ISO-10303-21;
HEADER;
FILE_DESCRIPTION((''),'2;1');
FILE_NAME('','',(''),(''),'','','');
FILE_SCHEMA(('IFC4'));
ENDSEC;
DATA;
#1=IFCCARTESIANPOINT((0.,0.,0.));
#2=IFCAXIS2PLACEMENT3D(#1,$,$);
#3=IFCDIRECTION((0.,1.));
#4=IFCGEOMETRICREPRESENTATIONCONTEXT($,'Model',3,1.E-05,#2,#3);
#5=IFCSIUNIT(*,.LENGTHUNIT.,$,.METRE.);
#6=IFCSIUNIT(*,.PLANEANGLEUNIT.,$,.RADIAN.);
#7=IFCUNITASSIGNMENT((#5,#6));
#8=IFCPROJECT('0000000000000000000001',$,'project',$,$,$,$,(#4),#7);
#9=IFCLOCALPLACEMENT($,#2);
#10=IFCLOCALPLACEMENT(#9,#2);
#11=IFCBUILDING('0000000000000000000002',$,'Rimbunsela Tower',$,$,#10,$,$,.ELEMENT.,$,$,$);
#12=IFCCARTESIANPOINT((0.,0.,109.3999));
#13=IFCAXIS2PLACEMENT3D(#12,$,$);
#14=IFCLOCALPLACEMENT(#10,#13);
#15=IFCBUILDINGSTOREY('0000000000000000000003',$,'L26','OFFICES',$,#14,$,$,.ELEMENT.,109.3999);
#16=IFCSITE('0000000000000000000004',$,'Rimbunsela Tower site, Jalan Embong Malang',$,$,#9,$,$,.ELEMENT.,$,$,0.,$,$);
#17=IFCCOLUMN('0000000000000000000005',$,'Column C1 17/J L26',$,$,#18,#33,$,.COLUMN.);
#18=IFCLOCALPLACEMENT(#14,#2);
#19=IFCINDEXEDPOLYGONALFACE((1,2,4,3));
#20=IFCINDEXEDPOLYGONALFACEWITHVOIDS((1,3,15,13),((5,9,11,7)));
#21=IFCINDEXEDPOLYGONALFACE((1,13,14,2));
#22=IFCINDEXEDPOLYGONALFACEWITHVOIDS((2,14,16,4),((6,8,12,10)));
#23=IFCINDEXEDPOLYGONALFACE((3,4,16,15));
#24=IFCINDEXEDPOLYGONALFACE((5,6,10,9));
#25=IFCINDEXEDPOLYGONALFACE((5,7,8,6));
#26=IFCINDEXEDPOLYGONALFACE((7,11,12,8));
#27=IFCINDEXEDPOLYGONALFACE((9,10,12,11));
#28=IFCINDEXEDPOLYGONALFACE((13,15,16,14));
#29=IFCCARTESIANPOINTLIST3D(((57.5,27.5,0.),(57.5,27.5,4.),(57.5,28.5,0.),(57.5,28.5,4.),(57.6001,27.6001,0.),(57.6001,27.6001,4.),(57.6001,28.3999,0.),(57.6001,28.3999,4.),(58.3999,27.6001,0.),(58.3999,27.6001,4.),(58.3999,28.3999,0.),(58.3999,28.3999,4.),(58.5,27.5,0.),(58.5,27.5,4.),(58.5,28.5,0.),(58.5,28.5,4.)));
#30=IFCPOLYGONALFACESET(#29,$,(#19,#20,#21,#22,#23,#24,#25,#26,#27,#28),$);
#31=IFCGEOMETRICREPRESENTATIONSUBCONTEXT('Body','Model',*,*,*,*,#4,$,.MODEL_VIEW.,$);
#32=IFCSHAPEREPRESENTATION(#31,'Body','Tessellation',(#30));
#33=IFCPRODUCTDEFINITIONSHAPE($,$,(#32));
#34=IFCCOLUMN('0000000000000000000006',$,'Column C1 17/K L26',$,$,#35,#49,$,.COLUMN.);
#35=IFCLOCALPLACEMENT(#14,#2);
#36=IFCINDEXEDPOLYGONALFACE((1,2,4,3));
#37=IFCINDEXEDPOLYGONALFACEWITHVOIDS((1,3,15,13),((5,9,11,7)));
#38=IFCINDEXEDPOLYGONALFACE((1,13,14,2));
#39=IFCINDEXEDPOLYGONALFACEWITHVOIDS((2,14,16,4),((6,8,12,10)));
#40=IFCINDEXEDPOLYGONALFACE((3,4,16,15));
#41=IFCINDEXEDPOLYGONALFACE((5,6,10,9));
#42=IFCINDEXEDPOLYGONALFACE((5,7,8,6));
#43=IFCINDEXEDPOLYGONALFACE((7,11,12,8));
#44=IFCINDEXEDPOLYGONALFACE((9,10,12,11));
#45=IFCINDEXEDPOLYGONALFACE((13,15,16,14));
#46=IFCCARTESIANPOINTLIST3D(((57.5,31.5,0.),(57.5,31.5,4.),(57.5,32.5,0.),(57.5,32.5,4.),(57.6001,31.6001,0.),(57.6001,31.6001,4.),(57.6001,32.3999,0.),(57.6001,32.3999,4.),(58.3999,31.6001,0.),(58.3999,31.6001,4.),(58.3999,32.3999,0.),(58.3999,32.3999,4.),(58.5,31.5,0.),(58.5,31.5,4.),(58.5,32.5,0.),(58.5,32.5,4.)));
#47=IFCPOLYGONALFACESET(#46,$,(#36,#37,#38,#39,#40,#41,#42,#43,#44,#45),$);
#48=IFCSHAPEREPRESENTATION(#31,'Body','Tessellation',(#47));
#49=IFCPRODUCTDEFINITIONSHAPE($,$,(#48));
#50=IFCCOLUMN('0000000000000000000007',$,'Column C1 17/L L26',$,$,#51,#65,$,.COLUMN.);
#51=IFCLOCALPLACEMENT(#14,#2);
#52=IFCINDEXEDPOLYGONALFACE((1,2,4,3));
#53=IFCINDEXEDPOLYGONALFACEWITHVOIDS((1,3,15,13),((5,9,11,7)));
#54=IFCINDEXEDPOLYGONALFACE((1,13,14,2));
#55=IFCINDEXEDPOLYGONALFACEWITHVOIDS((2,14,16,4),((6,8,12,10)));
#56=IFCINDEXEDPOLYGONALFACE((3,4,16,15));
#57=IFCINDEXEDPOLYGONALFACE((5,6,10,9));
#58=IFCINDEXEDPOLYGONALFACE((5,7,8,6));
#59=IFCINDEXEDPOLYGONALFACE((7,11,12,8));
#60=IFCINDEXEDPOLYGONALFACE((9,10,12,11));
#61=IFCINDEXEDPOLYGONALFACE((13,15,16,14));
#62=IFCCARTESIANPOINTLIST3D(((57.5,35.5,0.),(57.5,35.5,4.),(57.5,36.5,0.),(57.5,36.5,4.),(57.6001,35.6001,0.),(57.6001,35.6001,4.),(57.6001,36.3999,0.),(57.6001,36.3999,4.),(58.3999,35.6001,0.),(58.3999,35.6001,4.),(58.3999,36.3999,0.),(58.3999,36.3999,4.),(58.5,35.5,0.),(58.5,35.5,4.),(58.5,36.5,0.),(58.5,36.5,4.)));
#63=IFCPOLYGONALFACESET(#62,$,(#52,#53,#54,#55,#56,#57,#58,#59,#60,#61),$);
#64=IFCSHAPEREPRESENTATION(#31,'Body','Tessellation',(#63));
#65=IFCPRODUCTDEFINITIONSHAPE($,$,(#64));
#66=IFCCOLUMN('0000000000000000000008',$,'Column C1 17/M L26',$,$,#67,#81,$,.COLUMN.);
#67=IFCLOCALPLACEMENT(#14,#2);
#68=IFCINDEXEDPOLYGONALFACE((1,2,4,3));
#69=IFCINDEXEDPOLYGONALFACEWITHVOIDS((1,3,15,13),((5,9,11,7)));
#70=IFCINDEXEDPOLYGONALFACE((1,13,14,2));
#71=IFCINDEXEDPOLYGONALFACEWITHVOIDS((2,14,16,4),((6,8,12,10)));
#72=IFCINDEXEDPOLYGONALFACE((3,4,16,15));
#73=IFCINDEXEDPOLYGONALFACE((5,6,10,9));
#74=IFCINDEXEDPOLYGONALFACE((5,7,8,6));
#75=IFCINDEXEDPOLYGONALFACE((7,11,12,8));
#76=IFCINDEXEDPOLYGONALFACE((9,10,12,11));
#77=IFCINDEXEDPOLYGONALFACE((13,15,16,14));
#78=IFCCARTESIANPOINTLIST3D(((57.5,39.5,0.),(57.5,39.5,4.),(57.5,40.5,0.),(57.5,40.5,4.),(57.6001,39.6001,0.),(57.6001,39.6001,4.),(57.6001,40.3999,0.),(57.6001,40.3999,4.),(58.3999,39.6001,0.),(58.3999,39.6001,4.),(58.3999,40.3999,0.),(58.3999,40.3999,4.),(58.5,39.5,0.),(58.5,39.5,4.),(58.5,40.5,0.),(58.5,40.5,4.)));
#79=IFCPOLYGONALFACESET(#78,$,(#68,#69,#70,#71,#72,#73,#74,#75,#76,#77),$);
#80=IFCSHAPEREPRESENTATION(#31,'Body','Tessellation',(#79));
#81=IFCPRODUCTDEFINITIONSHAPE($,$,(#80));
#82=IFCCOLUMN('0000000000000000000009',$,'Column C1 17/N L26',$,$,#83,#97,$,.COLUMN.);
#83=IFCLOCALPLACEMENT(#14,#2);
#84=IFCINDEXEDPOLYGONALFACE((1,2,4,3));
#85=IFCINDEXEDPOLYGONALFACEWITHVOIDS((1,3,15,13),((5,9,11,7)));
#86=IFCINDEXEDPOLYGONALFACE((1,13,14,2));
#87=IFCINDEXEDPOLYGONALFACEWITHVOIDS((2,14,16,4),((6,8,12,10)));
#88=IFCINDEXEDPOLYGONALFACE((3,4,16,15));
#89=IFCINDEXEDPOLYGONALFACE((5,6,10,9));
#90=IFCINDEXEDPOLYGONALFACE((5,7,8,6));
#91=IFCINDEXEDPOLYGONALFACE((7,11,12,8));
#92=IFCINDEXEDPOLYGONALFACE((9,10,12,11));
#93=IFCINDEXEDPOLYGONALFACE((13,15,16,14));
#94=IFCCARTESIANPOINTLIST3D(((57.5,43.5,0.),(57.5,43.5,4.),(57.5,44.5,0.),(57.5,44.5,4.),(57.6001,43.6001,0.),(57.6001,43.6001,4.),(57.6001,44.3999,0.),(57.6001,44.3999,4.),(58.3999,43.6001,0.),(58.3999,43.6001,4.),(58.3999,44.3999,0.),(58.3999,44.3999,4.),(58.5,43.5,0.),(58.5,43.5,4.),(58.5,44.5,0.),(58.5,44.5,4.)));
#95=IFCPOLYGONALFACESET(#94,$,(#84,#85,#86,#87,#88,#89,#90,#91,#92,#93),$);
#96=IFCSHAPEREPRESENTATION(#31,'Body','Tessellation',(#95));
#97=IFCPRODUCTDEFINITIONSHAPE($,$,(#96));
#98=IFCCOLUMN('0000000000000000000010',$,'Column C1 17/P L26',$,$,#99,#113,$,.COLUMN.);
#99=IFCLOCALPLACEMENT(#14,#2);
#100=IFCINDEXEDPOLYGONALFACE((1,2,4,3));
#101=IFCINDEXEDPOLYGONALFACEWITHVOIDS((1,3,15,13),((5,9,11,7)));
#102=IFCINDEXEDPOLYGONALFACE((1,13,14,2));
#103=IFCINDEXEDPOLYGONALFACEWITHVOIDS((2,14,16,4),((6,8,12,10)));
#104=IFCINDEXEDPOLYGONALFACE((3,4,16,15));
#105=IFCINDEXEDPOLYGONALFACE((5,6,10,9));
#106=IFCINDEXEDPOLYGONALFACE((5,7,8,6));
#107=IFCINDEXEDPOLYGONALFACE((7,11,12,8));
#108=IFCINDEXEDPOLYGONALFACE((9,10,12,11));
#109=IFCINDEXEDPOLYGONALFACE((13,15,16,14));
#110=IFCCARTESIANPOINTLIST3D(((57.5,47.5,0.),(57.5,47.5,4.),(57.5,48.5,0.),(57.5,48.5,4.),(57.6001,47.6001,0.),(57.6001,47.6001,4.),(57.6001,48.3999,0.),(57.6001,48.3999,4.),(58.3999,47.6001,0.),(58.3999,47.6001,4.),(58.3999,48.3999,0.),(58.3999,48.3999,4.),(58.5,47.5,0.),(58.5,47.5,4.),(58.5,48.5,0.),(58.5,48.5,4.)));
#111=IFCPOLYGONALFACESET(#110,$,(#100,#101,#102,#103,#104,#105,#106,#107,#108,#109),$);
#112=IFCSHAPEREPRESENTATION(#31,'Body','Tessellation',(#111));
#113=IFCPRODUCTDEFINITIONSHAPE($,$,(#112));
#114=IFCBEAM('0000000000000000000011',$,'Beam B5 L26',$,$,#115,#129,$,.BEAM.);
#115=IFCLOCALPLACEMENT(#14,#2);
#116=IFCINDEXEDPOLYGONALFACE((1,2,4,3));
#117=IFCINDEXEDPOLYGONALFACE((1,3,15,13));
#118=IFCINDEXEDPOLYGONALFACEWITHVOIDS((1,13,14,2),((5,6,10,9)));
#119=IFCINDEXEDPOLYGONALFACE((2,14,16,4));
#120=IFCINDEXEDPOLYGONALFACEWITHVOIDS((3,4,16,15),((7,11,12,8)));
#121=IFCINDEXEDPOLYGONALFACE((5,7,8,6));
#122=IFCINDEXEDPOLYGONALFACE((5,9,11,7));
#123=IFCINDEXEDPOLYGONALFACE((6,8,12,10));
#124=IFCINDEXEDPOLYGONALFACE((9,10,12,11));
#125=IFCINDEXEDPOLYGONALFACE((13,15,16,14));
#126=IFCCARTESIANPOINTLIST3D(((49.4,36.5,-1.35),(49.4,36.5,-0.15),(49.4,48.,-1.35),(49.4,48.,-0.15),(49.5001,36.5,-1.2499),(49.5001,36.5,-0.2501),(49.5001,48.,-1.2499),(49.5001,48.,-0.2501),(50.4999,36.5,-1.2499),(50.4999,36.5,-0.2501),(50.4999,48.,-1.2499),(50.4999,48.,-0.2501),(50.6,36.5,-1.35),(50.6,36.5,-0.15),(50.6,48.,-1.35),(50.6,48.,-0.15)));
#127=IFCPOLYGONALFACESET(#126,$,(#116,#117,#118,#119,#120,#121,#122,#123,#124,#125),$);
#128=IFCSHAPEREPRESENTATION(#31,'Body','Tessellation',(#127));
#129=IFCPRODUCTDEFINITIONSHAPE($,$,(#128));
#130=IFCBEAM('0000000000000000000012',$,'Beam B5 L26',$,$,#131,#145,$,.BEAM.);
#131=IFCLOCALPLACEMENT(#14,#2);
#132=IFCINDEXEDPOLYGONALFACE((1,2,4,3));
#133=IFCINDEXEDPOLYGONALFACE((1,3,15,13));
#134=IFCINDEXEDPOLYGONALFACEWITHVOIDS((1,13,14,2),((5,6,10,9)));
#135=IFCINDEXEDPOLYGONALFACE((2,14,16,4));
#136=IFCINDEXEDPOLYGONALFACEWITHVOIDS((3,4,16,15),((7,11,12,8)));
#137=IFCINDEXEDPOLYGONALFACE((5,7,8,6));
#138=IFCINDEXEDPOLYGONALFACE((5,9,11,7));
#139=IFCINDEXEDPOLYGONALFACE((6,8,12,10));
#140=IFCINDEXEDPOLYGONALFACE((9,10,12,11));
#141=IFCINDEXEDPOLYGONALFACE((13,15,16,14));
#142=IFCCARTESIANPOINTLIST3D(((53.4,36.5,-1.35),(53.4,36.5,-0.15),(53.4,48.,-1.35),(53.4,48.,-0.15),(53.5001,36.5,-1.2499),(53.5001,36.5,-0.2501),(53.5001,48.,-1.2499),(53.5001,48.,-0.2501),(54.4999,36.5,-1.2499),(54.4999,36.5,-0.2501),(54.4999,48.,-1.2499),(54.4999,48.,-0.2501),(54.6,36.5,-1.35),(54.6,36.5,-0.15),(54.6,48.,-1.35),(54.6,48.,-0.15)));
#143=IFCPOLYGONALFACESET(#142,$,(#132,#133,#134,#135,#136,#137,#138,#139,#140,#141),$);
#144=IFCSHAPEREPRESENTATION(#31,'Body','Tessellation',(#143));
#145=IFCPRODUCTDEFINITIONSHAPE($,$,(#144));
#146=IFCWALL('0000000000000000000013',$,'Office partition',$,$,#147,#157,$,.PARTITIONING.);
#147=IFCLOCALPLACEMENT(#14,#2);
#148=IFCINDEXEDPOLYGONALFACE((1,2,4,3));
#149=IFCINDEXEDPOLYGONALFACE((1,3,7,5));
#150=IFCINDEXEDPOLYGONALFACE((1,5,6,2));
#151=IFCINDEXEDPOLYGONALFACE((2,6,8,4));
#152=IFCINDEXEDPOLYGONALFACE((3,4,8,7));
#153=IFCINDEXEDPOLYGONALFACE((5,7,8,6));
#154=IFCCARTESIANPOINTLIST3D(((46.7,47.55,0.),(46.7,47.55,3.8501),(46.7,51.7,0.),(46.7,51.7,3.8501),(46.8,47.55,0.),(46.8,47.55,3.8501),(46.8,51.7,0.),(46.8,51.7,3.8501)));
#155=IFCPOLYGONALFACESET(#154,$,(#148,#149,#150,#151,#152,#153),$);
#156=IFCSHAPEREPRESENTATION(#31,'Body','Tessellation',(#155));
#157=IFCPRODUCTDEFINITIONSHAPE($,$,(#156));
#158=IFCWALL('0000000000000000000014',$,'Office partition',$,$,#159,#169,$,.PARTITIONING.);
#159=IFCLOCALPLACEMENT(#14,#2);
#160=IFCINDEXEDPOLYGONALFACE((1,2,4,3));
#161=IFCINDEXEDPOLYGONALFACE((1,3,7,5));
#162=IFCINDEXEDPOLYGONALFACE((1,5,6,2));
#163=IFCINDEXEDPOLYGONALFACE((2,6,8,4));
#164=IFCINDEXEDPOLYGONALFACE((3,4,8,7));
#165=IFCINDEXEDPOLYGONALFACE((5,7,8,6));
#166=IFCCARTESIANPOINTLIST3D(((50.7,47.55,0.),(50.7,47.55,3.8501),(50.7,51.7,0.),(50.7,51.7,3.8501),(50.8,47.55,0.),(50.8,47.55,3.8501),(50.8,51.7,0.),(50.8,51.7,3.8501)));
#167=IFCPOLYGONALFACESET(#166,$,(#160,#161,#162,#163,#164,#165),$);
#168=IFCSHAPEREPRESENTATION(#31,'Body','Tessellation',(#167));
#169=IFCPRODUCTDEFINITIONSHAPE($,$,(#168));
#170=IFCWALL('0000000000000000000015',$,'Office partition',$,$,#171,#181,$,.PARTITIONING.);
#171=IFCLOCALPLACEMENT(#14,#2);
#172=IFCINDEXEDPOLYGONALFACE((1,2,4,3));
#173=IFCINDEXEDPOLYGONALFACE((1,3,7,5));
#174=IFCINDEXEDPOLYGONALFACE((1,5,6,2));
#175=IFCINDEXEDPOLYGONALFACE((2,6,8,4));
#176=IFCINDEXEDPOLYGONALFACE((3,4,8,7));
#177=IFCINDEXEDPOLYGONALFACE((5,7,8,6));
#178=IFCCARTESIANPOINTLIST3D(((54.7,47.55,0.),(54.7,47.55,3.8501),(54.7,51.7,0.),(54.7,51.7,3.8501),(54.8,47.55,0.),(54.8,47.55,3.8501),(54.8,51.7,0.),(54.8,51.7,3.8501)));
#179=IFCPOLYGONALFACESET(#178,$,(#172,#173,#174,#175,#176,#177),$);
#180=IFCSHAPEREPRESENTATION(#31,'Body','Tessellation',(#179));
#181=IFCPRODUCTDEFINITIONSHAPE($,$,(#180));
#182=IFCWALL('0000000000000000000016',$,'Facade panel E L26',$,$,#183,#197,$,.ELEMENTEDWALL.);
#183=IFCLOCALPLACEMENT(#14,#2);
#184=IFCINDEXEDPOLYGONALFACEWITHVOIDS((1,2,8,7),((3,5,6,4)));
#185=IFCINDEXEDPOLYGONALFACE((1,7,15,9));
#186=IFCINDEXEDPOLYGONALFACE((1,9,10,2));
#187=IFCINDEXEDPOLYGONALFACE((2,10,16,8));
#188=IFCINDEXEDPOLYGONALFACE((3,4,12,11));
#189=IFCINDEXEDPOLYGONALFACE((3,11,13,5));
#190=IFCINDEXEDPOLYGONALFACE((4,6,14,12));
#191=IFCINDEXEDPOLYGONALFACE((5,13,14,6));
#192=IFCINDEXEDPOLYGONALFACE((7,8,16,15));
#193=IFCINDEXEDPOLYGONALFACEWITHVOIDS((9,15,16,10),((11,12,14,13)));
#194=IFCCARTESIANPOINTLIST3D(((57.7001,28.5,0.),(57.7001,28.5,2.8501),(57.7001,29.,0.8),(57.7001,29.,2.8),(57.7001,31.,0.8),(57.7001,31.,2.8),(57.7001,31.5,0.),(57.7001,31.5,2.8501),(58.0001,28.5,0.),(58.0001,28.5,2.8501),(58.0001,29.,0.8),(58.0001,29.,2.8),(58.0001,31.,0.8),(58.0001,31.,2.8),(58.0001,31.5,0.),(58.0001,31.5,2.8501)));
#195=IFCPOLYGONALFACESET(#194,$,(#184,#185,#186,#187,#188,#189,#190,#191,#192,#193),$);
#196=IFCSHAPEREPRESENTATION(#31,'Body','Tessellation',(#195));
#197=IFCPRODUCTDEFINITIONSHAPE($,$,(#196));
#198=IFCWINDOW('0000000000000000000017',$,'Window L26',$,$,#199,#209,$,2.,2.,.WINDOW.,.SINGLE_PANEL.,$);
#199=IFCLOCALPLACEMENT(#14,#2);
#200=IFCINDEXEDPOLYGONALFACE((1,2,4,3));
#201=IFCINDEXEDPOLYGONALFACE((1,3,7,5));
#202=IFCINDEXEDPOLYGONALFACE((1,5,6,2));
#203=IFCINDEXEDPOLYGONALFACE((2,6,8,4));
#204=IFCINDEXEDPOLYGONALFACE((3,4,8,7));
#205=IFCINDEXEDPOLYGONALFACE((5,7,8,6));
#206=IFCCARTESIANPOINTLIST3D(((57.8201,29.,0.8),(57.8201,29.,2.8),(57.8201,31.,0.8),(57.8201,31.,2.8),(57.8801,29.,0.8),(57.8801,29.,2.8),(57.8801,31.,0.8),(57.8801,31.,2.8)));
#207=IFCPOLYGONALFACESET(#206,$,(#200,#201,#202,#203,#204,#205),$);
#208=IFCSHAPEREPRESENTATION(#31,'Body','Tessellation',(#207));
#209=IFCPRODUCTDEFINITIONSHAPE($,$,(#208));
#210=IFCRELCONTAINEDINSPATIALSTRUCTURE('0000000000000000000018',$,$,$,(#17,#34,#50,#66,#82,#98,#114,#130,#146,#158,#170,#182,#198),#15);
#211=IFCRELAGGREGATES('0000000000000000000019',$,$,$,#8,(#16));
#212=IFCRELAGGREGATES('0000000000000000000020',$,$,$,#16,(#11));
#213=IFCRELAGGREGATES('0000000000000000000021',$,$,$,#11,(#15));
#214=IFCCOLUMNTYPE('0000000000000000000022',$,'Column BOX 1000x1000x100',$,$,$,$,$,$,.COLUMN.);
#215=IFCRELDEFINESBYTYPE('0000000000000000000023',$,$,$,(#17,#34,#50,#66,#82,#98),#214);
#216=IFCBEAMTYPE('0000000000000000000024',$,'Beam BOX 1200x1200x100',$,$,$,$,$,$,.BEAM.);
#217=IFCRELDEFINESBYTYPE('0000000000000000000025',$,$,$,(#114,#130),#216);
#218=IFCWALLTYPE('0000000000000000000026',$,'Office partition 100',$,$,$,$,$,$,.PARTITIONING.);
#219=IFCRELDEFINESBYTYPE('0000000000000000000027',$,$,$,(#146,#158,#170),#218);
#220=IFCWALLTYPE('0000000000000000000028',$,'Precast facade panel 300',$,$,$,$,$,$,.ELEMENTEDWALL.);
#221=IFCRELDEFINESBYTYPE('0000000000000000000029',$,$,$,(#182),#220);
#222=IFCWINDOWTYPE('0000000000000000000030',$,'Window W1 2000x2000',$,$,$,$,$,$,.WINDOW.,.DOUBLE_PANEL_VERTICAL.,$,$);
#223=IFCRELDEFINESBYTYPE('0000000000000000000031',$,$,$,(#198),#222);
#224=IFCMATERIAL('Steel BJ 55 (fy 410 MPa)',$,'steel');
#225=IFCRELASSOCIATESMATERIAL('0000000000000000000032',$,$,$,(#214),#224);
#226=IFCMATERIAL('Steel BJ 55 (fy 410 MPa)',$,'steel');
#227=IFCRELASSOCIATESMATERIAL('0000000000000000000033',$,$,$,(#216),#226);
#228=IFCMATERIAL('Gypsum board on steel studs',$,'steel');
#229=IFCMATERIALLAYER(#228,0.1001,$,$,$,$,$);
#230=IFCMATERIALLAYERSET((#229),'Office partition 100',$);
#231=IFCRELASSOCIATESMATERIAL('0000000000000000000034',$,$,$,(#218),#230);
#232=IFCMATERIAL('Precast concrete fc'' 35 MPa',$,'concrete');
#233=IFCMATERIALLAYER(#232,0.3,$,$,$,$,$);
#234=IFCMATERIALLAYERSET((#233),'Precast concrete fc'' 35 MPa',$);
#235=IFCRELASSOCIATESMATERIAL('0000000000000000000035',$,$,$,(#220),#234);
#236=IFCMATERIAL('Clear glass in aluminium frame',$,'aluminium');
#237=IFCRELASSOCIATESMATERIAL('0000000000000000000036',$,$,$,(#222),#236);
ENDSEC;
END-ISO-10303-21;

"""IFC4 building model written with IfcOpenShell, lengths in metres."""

from ifc_helpers import new_model, si_unit, direction, frame, frame_2d, origin, origin_2d, place, context, subcontext, project, spatial, rectangle, hollow_rectangle, extrude, material, layer, layer_set, material_profile, profile_set, type_object, element, fill, save


model = new_model("IFC4")

# Units and contexts
model_context = context("Model", 3, precision=1e-05, world=origin(), true_north=direction((0.0, 1.0)))
body_context = subcontext(model_context, "Body", "Model", "MODEL_VIEW")
ifc_project = project(units=[si_unit("LENGTHUNIT", "METRE"), si_unit("PLANEANGLEUNIT", "RADIAN")], contexts=[model_context])

# Site, building, storey
site_placement = place(None, origin())
site = spatial("IfcSite", under=ifc_project, at=site_placement, Name="Rimbunsela Tower site, Jalan Embong Malang", CompositionType="ELEMENT", RefElevation=0.0)
building_placement = place(site_placement, origin())
building = spatial("IfcBuilding", under=site, at=building_placement, Name="Rimbunsela Tower", CompositionType="ELEMENT")
storey_placement = place(building_placement, frame((0.0, 0.0, 109.3999)))
storey = spatial("IfcBuildingStorey", under=building, at=storey_placement, Name="L26", Description="OFFICES", CompositionType="ELEMENT", Elevation=109.3999)

# Columns
ifc_material_1 = material(Name="Steel BJ 55 (fy 410 MPa)", Category="steel")
ifc_material_profile_1 = material_profile(ifc_material_1, hollow_rectangle(XDim=1.0, YDim=1.0, WallThickness=0.1001, at=origin_2d()), Name="BOX 1000x1000x100")
ifc_profile_set_1 = profile_set([ifc_material_profile_1], Name="Steel BJ 55 (fy 410 MPa)")
column_type = type_object("IfcColumnType", Name="Column BOX 1000x1000x100", PredefinedType="COLUMN", material=ifc_profile_set_1)
for number, where, z_axis, x_axis, name in (
    (1, (58.0, 28.0, 0.0), (0.0, 0.0, 1.0), (1.0, 0.0, 0.0), "Column C1 17/J L26"),
    (2, (58.0, 32.0, 0.0), (0.0, 0.0, 1.0), (1.0, 0.0, 0.0), "Column C1 17/K L26"),
    (3, (58.0, 36.0, 0.0), (0.0, 0.0, 1.0), (1.0, 0.0, 0.0), "Column C1 17/L L26"),
    (4, (58.0, 40.0, 0.0), (0.0, 0.0, 1.0), (1.0, 0.0, 0.0), "Column C1 17/M L26"),
    (5, (58.0, 44.0, 0.0), (0.0, 0.0, 1.0), (1.0, 0.0, 0.0), "Column C1 17/N L26"),
    (6, (58.0, 48.0, 0.0), (0.0, 0.0, 1.0), (1.0, 0.0, 0.0), "Column C1 17/P L26"),
):
    element("IfcColumn", number, at=place(storey_placement, frame(where, z_axis=z_axis, x_axis=x_axis)), inside=storey, type_object=column_type, Name=name, PredefinedType="COLUMN", context=body_context, shape_type="SweptSolid", body=[
        extrude(hollow_rectangle(XDim=1.0, YDim=1.0, WallThickness=0.1001, at=origin_2d()), origin(), (0.0, 0.0, 1.0), 4.0),
    ])

# Beams
ifc_material_2 = material(Name="Steel BJ 55 (fy 410 MPa)", Category="steel")
ifc_material_profile_2 = material_profile(ifc_material_2, hollow_rectangle(XDim=1.2, YDim=1.2, WallThickness=0.1001, at=origin_2d()), Name="BOX 1200x1200x100")
ifc_profile_set_2 = profile_set([ifc_material_profile_2], Name="Steel BJ 55 (fy 410 MPa)")
beam_type = type_object("IfcBeamType", Name="Beam BOX 1200x1200x100", PredefinedType="BEAM", material=ifc_profile_set_2)
for number, where, z_axis, x_axis, name in (
    (7, (50.0, 36.5, -0.75), (0.0, 1.0, 0.0), (-1.0, 0.0, 0.0), "Beam B5 L26"),
    (8, (54.0, 36.5, -0.75), (0.0, 1.0, 0.0), (-1.0, 0.0, 0.0), "Beam B5 L26"),
):
    element("IfcBeam", number, at=place(storey_placement, frame(where, z_axis=z_axis, x_axis=x_axis)), inside=storey, type_object=beam_type, Name=name, PredefinedType="BEAM", context=body_context, shape_type="SweptSolid", body=[
        extrude(hollow_rectangle(XDim=1.2, YDim=1.2, WallThickness=0.1001, at=origin_2d()), origin(), (0.0, 0.0, 1.0), 11.5),
    ])

# Walls
ifc_material_3 = material(Name="Gypsum board on steel studs", Category="steel")
ifc_layer_1 = layer(ifc_material_3, 0.1001)
ifc_layer_set_1 = layer_set([ifc_layer_1], Name="Office partition 100")
wall_type_1 = type_object("IfcWallType", Name="Office partition 100", PredefinedType="PARTITIONING", material=ifc_layer_set_1)
for number, where, z_axis, x_axis, name in (
    (9, (46.75, 47.55, 0.0), (0.0, 0.0, 1.0), (0.0, 1.0, 0.0), "Office partition"),
    (10, (50.75, 47.55, 0.0), (0.0, 0.0, 1.0), (0.0, 1.0, 0.0), "Office partition"),
    (11, (54.75, 47.55, 0.0), (0.0, 0.0, 1.0), (0.0, 1.0, 0.0), "Office partition"),
):
    element("IfcWall", number, at=place(storey_placement, frame(where, z_axis=z_axis, x_axis=x_axis)), inside=storey, type_object=wall_type_1, Name=name, PredefinedType="PARTITIONING", context=body_context, shape_type="SweptSolid", body=[
        extrude(rectangle(XDim=4.1499, YDim=0.1001, at=frame_2d((2.075, 0.0))), origin(), (0.0, 0.0, 1.0), 3.8501),
    ])

# Wall, opening, window
ifc_material_4 = material(Name="Precast concrete fc' 35 MPa", Category="concrete")
ifc_layer_2 = layer(ifc_material_4, 0.3)
ifc_layer_set_2 = layer_set([ifc_layer_2], Name="Precast concrete fc' 35 MPa")
wall_type_2 = type_object("IfcWallType", Name="Precast facade panel 300", PredefinedType="ELEMENTEDWALL", material=ifc_layer_set_2)
wall_1_placement = place(storey_placement, frame((57.8501, 28.5, 0.0), z_axis=(0.0, 0.0, 1.0), x_axis=(0.0, 1.0, 0.0)))
wall_1 = element("IfcWall", 12, at=wall_1_placement, inside=storey, type_object=wall_type_2, Name="Facade panel E L26", PredefinedType="ELEMENTEDWALL", context=body_context, shape_type="SweptSolid", body=[
    extrude(rectangle(XDim=3.0, YDim=0.3, at=frame_2d((1.5, 0.0))), origin(), (0.0, 0.0, 1.0), 2.8501),
])
opening_1_placement = place(wall_1_placement, frame((0.5, 0.0, 0.8)))
opening_1 = element("IfcOpeningElement", 13, at=opening_1_placement, cuts=wall_1, PredefinedType="OPENING", context=body_context, shape_type="SweptSolid", body=[
    extrude(rectangle(XDim=2.0, YDim=2.0, at=frame_2d((1.0, 1.0))), frame((0.0, 0.1599, 0.0), z_axis=(0.0, -1.0, 0.0), x_axis=(1.0, 0.0, 0.0)), (0.0, 0.0, 1.0), 0.3201),
])
ifc_material_5 = material(Name="Clear glass in aluminium frame", Category="aluminium")
window_type = type_object("IfcWindowType", Name="Window W1 2000x2000", PartitioningType="DOUBLE_PANEL_VERTICAL", PredefinedType="WINDOW", material=ifc_material_5)
window_1_placement = place(opening_1_placement, origin())
window_1 = element("IfcWindow", 14, at=window_1_placement, inside=storey, type_object=window_type, Name="Window L26", OverallHeight=2.0, OverallWidth=2.0, PartitioningType="SINGLE_PANEL", PredefinedType="WINDOW", context=body_context, shape_type="SweptSolid", body=[
    extrude(rectangle(XDim=2.0, YDim=2.0, at=frame_2d((1.0, 1.0))), frame((0.0, 0.03, 0.0), z_axis=(0.0, -1.0, 0.0), x_axis=(1.0, 0.0, 0.0)), (0.0, 0.0, 1.0), 0.0601),
])
fill(opening_1, window_1)

save(model, "model.ifc")
